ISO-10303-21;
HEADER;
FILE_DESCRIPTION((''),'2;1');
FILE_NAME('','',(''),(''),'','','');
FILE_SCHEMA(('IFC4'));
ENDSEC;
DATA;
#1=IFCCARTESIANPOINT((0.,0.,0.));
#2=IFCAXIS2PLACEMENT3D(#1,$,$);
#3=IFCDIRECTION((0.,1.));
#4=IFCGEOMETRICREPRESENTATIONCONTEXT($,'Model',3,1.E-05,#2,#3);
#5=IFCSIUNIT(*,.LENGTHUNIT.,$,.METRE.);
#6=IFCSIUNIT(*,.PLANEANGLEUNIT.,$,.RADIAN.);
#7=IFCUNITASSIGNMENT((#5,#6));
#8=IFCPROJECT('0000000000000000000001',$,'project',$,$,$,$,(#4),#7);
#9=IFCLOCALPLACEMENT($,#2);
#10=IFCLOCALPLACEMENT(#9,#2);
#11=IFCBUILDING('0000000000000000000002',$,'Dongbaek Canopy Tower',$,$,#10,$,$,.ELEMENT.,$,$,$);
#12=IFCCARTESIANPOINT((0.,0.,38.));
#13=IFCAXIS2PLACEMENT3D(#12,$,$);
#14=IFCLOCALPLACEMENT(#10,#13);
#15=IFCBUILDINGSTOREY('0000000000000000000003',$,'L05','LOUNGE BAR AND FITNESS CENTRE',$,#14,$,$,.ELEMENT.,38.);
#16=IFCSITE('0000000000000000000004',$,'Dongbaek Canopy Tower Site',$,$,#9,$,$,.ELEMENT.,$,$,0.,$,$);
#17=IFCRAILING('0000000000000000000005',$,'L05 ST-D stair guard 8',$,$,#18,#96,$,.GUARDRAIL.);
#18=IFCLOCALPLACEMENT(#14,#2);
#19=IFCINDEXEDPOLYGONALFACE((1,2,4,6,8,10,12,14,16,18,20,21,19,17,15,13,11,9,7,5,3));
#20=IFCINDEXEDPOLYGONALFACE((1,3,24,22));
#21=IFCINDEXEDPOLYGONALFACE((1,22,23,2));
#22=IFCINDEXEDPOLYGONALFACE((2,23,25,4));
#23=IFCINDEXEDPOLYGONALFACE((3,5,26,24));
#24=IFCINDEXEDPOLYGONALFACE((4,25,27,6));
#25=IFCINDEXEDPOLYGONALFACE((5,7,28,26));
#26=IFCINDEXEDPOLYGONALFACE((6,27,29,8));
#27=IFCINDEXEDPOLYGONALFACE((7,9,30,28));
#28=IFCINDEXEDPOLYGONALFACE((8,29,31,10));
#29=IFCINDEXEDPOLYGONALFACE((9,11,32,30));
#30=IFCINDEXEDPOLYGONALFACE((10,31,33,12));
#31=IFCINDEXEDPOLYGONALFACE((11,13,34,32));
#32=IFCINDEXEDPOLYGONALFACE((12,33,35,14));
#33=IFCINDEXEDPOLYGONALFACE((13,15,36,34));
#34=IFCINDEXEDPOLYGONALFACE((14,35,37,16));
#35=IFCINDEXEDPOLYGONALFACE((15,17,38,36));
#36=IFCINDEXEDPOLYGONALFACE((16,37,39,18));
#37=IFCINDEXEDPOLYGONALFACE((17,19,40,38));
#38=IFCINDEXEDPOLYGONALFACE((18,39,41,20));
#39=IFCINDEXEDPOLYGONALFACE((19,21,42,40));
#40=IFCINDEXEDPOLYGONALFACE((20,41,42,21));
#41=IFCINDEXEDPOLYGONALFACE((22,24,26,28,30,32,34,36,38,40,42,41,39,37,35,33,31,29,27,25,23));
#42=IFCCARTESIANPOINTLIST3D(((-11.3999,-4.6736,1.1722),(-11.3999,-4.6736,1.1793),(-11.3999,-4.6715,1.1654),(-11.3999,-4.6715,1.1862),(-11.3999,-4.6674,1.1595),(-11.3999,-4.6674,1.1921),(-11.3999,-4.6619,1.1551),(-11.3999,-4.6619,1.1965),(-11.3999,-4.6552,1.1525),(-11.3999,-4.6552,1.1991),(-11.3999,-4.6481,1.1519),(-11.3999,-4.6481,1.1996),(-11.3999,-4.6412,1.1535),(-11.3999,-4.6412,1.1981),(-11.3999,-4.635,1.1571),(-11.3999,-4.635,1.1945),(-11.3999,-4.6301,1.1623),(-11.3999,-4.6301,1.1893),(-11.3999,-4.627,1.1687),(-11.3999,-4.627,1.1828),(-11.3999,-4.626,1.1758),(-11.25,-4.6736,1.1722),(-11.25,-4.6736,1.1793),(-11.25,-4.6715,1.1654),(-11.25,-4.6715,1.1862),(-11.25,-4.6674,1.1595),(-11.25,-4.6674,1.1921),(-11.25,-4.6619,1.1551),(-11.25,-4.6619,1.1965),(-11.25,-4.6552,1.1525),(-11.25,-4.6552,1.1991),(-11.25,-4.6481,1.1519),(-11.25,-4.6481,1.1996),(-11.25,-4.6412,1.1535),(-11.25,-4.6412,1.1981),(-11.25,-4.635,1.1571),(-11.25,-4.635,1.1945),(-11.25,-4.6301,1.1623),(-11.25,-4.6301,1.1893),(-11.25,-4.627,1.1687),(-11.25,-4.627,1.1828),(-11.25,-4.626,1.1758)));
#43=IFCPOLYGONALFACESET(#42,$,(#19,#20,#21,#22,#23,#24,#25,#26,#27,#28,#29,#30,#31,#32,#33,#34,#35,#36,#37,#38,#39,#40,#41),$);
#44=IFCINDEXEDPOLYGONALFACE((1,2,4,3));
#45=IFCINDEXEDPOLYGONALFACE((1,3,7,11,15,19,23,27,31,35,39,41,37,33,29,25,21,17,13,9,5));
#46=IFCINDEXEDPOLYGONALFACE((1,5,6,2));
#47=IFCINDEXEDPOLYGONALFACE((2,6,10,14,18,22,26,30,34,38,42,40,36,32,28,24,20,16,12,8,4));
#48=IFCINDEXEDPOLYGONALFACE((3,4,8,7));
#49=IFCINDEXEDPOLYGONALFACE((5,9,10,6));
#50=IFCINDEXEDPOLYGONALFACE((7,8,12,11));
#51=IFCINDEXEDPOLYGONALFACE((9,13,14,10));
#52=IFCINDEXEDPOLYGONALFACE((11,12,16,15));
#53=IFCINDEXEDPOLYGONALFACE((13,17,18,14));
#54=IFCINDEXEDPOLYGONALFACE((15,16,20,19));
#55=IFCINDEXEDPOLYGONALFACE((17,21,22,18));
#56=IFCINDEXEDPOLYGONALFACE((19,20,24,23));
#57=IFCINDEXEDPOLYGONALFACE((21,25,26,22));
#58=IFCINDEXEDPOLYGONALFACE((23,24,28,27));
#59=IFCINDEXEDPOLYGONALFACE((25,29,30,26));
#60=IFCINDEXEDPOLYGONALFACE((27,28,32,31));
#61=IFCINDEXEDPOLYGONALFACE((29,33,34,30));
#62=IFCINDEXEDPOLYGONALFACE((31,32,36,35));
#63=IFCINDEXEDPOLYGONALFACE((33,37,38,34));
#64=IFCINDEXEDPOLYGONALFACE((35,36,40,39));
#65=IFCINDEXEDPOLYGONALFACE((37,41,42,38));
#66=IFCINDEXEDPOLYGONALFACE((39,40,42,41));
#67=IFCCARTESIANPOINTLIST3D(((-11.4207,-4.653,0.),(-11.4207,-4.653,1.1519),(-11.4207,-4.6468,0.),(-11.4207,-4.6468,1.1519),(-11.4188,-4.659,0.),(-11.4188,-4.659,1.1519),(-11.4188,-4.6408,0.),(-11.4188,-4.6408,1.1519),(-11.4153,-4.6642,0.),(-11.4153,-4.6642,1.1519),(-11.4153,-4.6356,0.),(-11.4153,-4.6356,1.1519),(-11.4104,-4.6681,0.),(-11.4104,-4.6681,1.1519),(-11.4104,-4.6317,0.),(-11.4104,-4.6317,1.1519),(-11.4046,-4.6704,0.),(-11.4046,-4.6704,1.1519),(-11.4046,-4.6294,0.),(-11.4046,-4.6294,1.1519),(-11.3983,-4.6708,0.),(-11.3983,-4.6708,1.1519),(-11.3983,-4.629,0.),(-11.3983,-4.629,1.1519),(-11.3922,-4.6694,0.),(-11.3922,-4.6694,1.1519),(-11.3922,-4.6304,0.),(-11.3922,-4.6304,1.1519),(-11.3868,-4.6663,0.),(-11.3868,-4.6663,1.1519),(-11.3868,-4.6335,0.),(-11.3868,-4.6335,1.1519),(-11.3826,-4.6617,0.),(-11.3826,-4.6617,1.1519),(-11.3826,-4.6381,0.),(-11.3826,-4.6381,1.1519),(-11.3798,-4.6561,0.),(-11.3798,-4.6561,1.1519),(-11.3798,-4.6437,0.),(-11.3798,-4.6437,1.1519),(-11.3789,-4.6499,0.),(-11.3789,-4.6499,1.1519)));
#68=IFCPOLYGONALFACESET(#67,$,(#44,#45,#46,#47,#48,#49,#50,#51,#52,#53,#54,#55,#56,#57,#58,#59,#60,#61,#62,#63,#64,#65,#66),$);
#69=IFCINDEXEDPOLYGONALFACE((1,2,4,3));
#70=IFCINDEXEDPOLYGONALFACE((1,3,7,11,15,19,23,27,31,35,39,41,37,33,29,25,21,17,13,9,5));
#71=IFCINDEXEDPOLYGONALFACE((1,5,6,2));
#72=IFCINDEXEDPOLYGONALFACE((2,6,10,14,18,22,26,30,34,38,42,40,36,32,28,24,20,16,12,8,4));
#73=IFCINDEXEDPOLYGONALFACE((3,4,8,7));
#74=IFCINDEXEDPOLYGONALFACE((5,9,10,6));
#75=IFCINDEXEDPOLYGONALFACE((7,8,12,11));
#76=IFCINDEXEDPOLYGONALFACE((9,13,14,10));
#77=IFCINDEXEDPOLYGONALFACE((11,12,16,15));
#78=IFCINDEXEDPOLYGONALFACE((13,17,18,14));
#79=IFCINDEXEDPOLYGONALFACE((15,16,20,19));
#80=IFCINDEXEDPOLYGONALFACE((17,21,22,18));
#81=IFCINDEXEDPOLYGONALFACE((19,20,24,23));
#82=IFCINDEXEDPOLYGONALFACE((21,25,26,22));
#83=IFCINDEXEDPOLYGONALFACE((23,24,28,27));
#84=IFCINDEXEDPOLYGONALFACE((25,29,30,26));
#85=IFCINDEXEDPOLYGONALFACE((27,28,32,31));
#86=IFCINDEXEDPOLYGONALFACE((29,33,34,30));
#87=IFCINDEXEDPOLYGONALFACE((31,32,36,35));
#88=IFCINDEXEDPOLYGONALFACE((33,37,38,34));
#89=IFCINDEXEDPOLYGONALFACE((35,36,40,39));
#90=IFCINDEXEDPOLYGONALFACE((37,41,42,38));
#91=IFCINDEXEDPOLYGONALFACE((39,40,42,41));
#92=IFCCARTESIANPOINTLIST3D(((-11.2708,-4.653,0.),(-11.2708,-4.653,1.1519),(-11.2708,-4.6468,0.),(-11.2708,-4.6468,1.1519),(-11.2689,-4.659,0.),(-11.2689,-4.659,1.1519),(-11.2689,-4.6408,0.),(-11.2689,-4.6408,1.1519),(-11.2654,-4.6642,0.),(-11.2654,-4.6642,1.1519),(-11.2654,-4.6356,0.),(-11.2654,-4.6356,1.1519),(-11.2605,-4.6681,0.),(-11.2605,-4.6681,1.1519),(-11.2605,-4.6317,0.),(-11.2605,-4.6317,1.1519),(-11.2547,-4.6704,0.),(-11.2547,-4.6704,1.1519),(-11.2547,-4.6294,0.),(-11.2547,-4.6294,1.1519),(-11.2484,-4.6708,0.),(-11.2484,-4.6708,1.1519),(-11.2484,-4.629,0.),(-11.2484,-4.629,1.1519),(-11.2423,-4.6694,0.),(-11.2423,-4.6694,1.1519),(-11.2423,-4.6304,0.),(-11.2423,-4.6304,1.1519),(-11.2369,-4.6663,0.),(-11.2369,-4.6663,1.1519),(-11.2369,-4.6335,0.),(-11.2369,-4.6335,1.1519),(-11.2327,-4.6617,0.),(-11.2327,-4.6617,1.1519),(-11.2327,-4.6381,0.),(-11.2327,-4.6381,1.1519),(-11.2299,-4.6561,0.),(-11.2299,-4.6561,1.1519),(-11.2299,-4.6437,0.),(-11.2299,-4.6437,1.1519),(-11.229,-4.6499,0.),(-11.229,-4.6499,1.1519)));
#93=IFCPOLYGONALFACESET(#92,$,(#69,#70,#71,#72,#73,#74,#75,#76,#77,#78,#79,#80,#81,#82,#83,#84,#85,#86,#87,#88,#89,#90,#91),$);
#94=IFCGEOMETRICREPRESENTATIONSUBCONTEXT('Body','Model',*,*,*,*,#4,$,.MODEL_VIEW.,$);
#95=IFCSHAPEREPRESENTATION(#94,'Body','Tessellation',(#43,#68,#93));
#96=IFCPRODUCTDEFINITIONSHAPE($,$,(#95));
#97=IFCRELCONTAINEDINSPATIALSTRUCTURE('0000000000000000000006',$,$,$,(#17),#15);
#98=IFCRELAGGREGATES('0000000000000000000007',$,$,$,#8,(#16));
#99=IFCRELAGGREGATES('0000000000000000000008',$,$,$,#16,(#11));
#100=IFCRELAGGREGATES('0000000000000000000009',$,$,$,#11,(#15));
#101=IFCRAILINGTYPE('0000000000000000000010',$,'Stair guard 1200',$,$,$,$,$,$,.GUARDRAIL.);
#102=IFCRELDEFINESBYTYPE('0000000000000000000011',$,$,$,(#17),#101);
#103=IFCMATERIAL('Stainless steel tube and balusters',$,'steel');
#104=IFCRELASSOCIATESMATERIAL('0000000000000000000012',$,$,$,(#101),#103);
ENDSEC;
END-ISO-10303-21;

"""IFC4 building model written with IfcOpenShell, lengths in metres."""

from ifc_helpers import new_model, si_unit, direction, frame, origin, origin_2d, place, context, subcontext, project, spatial, circle, extrude, material, type_object, element, save


model = new_model("IFC4")

# Units and contexts
model_context = context("Model", 3, precision=1e-05, world=origin(), true_north=direction((0.0, 1.0)))
body_context = subcontext(model_context, "Body", "Model", "MODEL_VIEW")
ifc_project = project(units=[si_unit("LENGTHUNIT", "METRE"), si_unit("PLANEANGLEUNIT", "RADIAN")], contexts=[model_context])

# Site, building, storey
site_placement = place(None, origin())
site = spatial("IfcSite", under=ifc_project, at=site_placement, Name="Dongbaek Canopy Tower Site", CompositionType="ELEMENT", RefElevation=0.0)
building_placement = place(site_placement, origin())
building = spatial("IfcBuilding", under=site, at=building_placement, Name="Dongbaek Canopy Tower", CompositionType="ELEMENT")
storey_placement = place(building_placement, frame((0.0, 0.0, 38.0)))
storey = spatial("IfcBuildingStorey", under=building, at=storey_placement, Name="L05", Description="LOUNGE BAR AND FITNESS CENTRE", CompositionType="ELEMENT", Elevation=38.0)

# Railing
ifc_material_1 = material(Name="Stainless steel tube and balusters", Category="steel")
railing_type_1 = type_object("IfcRailingType", Name="Stair guard 1200", PredefinedType="GUARDRAIL", material=ifc_material_1)
railing_1_placement = place(storey_placement, frame((-11.3999, -4.6499, 0.0)))
element("IfcRailing", 1, at=railing_1_placement, inside=storey, type_object=railing_type_1, Name="L05 ST-D stair guard 8", PredefinedType="GUARDRAIL", context=body_context, shape_type="SweptSolid", body=[
    extrude(circle(Radius=0.0239, at=origin_2d()), frame((0.0, 0.0, 1.1758), z_axis=(1.0, 0.0, 0.0), x_axis=(0.0, 1.0, 0.0)), (0.0, 0.0, 1.0), 0.1499),
    extrude(circle(Radius=0.021, at=origin_2d()), origin(), (0.0, 0.0, 1.0), 1.1519),
    extrude(circle(Radius=0.021, at=origin_2d()), frame((0.1499, 0.0, 0.0)), (0.0, 0.0, 1.0), 1.1519),
])

save(model, "model.ifc")
